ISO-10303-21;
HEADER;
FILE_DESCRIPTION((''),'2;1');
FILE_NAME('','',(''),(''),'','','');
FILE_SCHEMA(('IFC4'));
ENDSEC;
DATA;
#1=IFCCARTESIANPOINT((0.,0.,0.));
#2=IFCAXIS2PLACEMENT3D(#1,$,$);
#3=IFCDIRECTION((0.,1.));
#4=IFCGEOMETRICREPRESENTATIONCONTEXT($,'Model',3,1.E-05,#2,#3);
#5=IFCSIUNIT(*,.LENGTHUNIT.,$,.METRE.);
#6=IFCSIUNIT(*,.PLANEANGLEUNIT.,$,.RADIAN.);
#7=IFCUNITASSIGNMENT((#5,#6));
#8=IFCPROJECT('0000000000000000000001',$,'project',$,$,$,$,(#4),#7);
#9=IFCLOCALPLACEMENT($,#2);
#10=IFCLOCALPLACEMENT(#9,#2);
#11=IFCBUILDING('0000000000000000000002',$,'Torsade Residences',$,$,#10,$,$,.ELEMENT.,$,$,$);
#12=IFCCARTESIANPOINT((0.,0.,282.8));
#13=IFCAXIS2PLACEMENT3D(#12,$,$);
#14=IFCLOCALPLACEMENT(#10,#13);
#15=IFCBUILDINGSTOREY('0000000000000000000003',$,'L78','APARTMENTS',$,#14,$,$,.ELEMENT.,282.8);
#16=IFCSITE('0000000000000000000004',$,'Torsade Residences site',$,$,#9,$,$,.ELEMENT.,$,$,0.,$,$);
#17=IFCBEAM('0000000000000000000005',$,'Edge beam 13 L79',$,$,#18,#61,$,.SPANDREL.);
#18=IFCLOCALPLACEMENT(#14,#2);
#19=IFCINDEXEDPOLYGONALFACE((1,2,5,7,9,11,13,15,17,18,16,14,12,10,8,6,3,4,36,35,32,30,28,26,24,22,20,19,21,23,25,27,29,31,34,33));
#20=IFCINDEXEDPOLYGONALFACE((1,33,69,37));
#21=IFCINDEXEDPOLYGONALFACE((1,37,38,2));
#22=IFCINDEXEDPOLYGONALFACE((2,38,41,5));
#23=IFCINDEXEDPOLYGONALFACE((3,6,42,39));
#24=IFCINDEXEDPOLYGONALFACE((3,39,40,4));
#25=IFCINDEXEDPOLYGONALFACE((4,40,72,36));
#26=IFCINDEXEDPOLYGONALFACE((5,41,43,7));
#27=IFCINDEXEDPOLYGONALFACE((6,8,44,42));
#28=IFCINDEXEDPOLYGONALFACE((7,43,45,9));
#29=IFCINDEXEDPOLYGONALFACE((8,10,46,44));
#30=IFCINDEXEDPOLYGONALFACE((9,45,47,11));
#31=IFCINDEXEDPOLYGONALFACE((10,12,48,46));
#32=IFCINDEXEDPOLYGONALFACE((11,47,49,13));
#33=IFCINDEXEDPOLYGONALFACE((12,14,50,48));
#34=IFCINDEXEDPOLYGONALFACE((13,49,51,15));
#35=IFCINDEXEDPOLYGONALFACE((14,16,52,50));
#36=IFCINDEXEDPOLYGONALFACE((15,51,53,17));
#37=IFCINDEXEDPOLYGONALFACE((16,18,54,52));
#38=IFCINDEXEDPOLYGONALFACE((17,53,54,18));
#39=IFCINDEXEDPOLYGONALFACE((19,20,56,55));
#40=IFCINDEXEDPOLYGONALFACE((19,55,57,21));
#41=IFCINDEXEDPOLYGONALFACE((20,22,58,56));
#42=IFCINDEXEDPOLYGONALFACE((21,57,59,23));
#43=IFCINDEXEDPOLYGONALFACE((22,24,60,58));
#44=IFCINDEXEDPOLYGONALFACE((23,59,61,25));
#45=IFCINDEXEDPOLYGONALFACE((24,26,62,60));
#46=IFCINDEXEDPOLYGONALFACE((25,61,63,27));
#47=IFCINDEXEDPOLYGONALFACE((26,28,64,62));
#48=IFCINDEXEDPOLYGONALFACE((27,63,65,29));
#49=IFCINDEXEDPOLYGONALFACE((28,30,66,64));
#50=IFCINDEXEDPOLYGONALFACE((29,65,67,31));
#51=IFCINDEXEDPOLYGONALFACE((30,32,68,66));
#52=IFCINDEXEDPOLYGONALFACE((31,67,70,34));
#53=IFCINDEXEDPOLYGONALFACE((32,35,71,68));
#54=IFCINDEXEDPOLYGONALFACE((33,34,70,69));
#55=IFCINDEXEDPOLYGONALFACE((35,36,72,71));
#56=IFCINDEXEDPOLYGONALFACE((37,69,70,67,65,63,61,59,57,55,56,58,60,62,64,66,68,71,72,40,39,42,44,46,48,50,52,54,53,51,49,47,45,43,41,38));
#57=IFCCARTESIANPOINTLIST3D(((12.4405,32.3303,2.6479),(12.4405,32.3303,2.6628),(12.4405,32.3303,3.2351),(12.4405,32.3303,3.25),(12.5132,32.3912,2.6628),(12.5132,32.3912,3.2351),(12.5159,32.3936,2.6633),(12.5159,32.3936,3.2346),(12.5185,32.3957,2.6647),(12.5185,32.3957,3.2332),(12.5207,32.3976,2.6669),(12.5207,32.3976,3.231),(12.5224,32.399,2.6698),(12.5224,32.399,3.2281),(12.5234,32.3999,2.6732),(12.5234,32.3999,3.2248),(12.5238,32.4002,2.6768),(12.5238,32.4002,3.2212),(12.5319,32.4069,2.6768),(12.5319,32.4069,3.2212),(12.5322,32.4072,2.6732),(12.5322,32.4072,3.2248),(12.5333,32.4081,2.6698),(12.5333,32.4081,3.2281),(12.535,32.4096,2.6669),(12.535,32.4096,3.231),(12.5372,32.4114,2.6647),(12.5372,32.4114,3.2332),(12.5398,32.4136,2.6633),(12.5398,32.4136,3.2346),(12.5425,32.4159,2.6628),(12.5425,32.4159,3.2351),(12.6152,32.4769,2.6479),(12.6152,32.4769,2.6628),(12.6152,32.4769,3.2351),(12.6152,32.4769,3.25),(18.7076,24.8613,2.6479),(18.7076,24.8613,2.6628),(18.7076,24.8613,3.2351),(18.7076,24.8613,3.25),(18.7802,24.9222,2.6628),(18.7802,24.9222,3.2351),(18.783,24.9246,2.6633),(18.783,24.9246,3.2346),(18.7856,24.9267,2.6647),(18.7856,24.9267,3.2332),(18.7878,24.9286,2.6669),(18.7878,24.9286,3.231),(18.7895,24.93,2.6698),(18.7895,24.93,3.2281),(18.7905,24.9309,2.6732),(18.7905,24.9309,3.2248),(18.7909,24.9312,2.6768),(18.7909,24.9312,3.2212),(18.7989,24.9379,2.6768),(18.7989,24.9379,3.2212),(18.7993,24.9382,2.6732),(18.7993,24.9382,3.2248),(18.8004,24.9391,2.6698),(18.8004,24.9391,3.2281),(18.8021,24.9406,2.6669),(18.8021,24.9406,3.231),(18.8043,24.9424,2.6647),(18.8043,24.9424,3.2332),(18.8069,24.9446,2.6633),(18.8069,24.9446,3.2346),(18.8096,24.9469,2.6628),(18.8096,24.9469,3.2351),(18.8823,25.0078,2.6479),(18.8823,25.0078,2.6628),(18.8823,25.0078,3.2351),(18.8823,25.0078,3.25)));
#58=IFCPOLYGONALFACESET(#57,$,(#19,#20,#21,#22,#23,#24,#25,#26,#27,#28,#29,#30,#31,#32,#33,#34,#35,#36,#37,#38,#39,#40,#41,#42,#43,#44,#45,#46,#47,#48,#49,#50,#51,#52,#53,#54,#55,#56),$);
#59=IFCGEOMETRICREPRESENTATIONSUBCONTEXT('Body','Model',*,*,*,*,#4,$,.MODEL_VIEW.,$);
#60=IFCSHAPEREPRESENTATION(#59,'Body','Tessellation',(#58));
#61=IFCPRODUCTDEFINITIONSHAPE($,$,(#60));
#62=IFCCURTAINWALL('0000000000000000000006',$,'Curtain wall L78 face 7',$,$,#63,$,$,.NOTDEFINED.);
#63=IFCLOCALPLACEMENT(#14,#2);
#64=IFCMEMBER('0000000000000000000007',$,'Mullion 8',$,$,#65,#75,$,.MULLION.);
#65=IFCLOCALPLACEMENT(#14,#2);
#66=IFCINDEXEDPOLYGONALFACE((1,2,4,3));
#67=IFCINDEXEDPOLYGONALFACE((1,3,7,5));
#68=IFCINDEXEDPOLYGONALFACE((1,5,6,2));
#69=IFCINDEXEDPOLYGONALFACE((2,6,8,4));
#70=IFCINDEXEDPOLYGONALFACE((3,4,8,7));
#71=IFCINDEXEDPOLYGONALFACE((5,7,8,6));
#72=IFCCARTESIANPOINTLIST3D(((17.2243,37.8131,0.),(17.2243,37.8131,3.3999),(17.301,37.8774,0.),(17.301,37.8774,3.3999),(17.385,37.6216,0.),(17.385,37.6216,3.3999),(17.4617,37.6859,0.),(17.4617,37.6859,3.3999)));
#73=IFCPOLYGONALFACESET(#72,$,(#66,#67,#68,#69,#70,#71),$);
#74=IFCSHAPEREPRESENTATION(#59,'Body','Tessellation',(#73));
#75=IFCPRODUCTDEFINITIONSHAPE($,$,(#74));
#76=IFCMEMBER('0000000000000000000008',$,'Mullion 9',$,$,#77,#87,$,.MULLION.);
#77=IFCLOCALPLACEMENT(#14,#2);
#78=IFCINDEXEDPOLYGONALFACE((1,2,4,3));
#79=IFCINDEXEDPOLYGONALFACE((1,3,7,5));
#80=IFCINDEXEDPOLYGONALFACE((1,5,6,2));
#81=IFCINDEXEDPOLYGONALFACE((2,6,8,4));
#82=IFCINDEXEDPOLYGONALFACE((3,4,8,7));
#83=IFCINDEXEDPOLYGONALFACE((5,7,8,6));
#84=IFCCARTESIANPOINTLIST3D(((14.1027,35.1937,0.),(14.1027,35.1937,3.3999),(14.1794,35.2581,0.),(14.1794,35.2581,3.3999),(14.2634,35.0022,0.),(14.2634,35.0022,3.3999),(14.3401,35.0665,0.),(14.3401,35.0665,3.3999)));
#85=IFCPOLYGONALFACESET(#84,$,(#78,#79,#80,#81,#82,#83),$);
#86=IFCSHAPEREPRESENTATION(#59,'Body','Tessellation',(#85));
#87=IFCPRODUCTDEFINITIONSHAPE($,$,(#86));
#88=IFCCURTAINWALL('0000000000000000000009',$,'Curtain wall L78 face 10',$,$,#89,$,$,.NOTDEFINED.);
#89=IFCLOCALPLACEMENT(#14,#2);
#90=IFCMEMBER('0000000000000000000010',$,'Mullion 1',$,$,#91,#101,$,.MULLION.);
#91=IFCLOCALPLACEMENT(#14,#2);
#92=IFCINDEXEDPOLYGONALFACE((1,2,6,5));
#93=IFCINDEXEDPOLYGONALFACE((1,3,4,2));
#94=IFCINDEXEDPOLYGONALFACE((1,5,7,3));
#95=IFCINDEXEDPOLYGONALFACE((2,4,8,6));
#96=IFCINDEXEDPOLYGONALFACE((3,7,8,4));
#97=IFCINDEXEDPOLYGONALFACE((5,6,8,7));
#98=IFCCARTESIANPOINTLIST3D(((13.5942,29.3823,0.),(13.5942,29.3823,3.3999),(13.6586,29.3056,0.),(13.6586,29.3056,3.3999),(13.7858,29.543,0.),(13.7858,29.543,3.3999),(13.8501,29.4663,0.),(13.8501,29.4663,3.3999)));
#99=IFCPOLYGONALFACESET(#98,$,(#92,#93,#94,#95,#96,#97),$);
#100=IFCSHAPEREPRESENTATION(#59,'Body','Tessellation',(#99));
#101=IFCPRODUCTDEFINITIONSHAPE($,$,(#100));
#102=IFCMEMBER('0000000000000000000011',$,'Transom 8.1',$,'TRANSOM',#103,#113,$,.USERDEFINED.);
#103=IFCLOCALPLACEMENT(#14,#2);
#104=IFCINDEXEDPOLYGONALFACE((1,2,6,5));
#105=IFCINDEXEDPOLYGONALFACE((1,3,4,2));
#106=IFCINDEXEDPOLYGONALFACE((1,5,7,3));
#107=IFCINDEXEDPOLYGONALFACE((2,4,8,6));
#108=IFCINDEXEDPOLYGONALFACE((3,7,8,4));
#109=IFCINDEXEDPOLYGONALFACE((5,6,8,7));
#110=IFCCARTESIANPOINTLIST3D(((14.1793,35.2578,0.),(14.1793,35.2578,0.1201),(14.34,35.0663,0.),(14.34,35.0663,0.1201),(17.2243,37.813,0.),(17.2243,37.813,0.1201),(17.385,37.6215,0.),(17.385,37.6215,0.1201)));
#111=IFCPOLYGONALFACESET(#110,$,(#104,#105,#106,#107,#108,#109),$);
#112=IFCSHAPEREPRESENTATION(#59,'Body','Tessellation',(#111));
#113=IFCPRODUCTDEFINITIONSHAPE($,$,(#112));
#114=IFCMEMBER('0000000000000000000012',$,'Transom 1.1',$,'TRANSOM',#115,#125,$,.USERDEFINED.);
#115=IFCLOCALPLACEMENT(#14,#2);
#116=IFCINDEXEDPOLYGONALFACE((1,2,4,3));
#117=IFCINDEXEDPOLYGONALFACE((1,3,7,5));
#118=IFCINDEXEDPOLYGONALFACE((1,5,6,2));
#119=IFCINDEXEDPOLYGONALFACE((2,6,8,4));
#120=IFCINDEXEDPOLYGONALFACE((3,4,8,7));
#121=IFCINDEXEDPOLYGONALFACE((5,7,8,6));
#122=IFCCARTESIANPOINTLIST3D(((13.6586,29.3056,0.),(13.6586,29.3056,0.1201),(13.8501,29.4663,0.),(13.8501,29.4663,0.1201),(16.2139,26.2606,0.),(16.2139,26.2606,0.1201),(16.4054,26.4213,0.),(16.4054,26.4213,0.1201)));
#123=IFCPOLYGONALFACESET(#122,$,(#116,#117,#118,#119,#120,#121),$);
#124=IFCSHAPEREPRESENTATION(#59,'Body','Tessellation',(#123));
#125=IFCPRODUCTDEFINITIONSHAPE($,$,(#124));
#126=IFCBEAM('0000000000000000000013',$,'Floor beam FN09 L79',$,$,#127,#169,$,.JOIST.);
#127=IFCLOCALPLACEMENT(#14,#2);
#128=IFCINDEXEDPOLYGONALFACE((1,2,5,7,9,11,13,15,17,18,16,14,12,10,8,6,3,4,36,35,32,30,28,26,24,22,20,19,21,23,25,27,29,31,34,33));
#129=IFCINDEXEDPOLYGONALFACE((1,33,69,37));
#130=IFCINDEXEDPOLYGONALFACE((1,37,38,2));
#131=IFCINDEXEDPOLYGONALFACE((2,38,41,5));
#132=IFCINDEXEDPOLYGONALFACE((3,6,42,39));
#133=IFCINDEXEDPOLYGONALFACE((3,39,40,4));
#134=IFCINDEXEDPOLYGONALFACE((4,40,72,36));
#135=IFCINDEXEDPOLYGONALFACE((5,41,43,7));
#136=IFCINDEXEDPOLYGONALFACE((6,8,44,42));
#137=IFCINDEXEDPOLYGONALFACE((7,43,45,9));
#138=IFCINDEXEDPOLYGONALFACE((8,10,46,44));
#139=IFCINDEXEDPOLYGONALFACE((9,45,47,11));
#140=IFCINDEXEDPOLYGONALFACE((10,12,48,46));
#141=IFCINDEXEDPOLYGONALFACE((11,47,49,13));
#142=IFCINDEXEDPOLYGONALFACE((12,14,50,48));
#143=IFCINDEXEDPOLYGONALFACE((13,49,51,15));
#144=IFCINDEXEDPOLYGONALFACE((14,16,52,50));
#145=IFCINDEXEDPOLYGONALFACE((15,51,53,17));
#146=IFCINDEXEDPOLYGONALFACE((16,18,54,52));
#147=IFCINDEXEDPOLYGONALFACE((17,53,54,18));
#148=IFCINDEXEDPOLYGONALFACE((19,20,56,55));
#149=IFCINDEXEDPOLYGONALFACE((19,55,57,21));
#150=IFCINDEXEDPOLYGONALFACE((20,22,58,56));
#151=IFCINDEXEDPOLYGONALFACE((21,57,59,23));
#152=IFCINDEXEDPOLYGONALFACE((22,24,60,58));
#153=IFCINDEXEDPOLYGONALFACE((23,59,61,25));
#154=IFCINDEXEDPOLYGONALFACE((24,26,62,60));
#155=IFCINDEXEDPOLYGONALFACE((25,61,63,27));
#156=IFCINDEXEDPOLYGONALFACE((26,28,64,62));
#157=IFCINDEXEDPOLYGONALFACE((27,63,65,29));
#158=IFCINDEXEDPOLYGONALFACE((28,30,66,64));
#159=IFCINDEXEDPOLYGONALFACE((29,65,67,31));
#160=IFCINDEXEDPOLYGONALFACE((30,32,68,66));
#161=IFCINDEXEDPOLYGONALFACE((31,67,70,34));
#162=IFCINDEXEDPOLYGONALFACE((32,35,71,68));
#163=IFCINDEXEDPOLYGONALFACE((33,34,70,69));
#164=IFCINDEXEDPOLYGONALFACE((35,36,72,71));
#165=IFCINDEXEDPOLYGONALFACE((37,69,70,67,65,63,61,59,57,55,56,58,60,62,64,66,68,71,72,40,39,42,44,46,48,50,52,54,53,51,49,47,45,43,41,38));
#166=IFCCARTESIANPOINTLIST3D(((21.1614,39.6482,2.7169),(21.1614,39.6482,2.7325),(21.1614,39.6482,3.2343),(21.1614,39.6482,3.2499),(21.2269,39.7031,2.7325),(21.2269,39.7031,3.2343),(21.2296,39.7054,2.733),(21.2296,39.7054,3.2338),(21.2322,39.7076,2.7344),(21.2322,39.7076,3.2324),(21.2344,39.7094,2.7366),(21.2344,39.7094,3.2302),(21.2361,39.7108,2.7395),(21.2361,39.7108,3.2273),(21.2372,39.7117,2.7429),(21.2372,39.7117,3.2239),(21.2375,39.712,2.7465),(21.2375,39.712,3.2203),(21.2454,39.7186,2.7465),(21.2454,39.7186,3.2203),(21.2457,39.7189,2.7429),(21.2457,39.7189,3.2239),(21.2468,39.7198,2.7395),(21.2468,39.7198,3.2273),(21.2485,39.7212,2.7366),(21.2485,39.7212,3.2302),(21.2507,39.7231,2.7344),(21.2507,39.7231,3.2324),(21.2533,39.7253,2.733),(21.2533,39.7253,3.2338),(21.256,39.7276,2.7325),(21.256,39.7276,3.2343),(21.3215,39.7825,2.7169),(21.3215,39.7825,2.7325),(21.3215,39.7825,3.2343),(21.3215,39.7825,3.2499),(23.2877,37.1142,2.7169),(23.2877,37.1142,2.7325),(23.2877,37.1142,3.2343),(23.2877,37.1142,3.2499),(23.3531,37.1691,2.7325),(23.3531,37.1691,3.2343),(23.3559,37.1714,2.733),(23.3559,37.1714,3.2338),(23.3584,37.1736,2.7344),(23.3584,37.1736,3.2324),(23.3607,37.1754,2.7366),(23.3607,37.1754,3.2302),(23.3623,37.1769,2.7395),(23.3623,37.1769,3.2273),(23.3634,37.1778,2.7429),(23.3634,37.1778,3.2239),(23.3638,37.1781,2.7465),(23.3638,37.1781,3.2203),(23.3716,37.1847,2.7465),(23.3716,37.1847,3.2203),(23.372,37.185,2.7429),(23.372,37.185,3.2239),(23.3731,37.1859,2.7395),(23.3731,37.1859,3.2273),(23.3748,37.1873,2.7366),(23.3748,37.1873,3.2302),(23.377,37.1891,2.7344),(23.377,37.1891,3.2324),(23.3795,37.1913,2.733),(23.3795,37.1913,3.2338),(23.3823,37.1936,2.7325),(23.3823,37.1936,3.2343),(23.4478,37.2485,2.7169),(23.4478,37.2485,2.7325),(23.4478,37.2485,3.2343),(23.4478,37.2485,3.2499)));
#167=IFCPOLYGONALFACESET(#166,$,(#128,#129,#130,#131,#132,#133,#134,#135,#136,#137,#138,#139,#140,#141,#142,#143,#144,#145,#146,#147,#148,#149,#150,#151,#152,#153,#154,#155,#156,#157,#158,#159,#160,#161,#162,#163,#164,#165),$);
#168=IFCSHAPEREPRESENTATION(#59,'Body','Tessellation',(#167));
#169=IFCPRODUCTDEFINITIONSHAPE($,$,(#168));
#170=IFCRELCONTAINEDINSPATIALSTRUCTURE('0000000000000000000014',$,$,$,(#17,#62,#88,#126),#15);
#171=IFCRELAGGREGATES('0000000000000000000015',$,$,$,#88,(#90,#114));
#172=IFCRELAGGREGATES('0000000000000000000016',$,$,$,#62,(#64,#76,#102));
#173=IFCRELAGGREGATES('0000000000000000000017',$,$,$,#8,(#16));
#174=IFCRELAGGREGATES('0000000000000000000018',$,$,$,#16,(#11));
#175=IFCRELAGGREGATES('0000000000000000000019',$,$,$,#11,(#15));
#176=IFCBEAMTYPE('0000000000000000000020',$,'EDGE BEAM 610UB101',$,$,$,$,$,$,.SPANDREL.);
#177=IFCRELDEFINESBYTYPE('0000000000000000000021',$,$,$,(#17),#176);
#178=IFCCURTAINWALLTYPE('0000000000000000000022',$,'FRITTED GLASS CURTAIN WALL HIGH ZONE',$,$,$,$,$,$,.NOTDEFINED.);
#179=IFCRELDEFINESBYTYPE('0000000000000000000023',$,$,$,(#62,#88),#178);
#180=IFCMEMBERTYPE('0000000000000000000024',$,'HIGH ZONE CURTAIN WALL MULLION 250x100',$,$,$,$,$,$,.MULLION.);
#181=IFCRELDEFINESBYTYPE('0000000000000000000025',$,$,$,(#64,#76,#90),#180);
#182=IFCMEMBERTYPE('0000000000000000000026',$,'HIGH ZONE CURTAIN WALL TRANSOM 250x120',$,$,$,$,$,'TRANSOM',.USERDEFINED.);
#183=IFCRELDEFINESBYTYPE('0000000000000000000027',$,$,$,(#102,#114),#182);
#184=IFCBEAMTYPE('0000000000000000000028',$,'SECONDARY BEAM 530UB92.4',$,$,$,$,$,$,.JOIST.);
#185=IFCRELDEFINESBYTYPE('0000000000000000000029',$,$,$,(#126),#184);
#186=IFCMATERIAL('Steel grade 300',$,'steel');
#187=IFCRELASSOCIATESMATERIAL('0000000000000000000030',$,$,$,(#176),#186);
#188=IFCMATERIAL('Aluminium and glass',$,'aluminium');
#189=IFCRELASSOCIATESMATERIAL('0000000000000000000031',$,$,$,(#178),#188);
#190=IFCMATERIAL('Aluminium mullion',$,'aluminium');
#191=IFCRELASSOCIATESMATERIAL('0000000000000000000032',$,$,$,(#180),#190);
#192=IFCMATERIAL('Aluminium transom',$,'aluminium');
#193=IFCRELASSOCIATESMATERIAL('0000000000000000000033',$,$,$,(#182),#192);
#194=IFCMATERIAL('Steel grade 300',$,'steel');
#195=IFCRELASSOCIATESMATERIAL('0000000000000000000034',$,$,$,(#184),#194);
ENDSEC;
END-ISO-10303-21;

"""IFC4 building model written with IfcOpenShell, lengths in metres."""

from ifc_helpers import new_model, si_unit, direction, frame, origin, origin_2d, place, context, subcontext, project, spatial, rectangle, i_section, extrude, material, material_profile, profile_set, type_object, element, aggregate, save


model = new_model("IFC4")

# Units and contexts
model_context = context("Model", 3, precision=1e-05, world=origin(), true_north=direction((0.0, 1.0)))
body_context = subcontext(model_context, "Body", "Model", "MODEL_VIEW")
ifc_project = project(units=[si_unit("LENGTHUNIT", "METRE"), si_unit("PLANEANGLEUNIT", "RADIAN")], contexts=[model_context])

# Site, building, storey
site_placement = place(None, origin())
site = spatial("IfcSite", under=ifc_project, at=site_placement, Name="Torsade Residences site", CompositionType="ELEMENT", RefElevation=0.0)
building_placement = place(site_placement, origin())
building = spatial("IfcBuilding", under=site, at=building_placement, Name="Torsade Residences", CompositionType="ELEMENT")
storey_placement = place(building_placement, frame((0.0, 0.0, 282.8)))
storey = spatial("IfcBuildingStorey", under=building, at=storey_placement, Name="L78", Description="APARTMENTS", CompositionType="ELEMENT", Elevation=282.8)

# Beam
ifc_material_1 = material(Name="Steel grade 300", Category="steel")
ifc_material_profile_1 = material_profile(ifc_material_1, i_section(OverallWidth=0.228, OverallDepth=0.6021, WebThickness=0.0105, FlangeThickness=0.0149, FilletRadius=0.0139, at=origin_2d()), Name="610UB101")
ifc_profile_set_1 = profile_set([ifc_material_profile_1], Name="Steel grade 300")
beam_type_1 = type_object("IfcBeamType", Name="EDGE BEAM 610UB101", PredefinedType="SPANDREL", material=ifc_profile_set_1)
for number, where, z_axis, x_axis, name in (
    (1, (12.5278, 32.4036, 2.949), (0.642779, -0.766052, 0.0), (0.766052, 0.642779, 0.0), "Edge beam 13 L79"),
):
    element("IfcBeam", number, at=place(storey_placement, frame(where, z_axis=z_axis, x_axis=x_axis)), inside=storey, type_object=beam_type_1, Name=name, PredefinedType="SPANDREL", context=body_context, shape_type="SweptSolid", body=[
        extrude(i_section(OverallWidth=0.228, OverallDepth=0.6021, WebThickness=0.0105, FlangeThickness=0.0149, FilletRadius=0.0139, at=origin_2d()), origin(), (0.0, 0.0, 1.0), 9.75),
    ])

# Curtain wall, members
ifc_material_2 = material(Name="Aluminium and glass", Category="aluminium")
curtain_wall_type = type_object("IfcCurtainWallType", Name="FRITTED GLASS CURTAIN WALL HIGH ZONE", PredefinedType="NOTDEFINED", material=ifc_material_2)
curtain_wall_1_placement = place(storey_placement, origin())
curtain_wall_1 = element("IfcCurtainWall", 2, at=curtain_wall_1_placement, inside=storey, type_object=curtain_wall_type, Name="Curtain wall L78 face 7", PredefinedType="NOTDEFINED")
ifc_material_3 = material(Name="Aluminium mullion", Category="aluminium")
ifc_material_profile_2 = material_profile(ifc_material_3, rectangle(XDim=0.25, YDim=0.1001, at=origin_2d()), Name="HIGH ZONE CURTAIN WALL MULLION 250x100")
ifc_profile_set_2 = profile_set([ifc_material_profile_2], Name="Aluminium mullion")
member_type_1 = type_object("IfcMemberType", Name="HIGH ZONE CURTAIN WALL MULLION 250x100", PredefinedType="MULLION", material=ifc_profile_set_2)
member_1_placement = place(storey_placement, frame((17.343, 37.7495, 0.0), z_axis=(0.0, 0.0, 1.0), x_axis=(0.642788, -0.766044, 0.0)))
member_1 = element("IfcMember", 3, at=member_1_placement, type_object=member_type_1, Name="Mullion 8", PredefinedType="MULLION", context=body_context, shape_type="SweptSolid", body=[
    extrude(rectangle(XDim=0.25, YDim=0.1001, at=origin_2d()), origin(), (0.0, 0.0, 1.0), 3.3999),
])
member_2_placement = place(storey_placement, frame((14.2214, 35.1301, 0.0), z_axis=(0.0, 0.0, 1.0), x_axis=(0.642788, -0.766044, 0.0)))
member_2 = element("IfcMember", 4, at=member_2_placement, type_object=member_type_1, Name="Mullion 9", PredefinedType="MULLION", context=body_context, shape_type="SweptSolid", body=[
    extrude(rectangle(XDim=0.25, YDim=0.1001, at=origin_2d()), origin(), (0.0, 0.0, 1.0), 3.3999),
])

# Curtain wall, member
curtain_wall_2_placement = place(storey_placement, origin())
curtain_wall_2 = element("IfcCurtainWall", 5, at=curtain_wall_2_placement, inside=storey, type_object=curtain_wall_type, Name="Curtain wall L78 face 10", PredefinedType="NOTDEFINED")
member_3_placement = place(storey_placement, frame((13.7222, 29.4243, 0.0), z_axis=(0.0, 0.0, 1.0), x_axis=(0.766044, 0.642788, 0.0)))
member_3 = element("IfcMember", 6, at=member_3_placement, type_object=member_type_1, Name="Mullion 1", PredefinedType="MULLION", context=body_context, shape_type="SweptSolid", body=[
    extrude(rectangle(XDim=0.25, YDim=0.1001, at=origin_2d()), origin(), (0.0, 0.0, 1.0), 3.3999),
])

# Members
ifc_material_4 = material(Name="Aluminium transom", Category="aluminium")
ifc_material_profile_3 = material_profile(ifc_material_4, rectangle(XDim=0.25, YDim=0.1201, at=origin_2d()), Name="HIGH ZONE CURTAIN WALL TRANSOM 250x120")
ifc_profile_set_3 = profile_set([ifc_material_profile_3], Name="Aluminium transom")
member_type_2 = type_object("IfcMemberType", Name="HIGH ZONE CURTAIN WALL TRANSOM 250x120", ElementType="TRANSOM", PredefinedType="USERDEFINED", material=ifc_profile_set_3)
member_4_placement = place(storey_placement, frame((17.3047, 37.7173, 0.0601), z_axis=(-0.766022, -0.642815, 0.0), x_axis=(0.642815, -0.766022, 0.0)))
member_4 = element("IfcMember", 7, at=member_4_placement, type_object=member_type_2, Name="Transom 8.1", ObjectType="TRANSOM", PredefinedType="USERDEFINED", context=body_context, shape_type="SweptSolid", body=[
    extrude(rectangle(XDim=0.25, YDim=0.1201, at=origin_2d()), origin(), (0.0, 0.0, 1.0), 3.9751),
])
member_5_placement = place(storey_placement, frame((13.7544, 29.386, 0.0601), z_axis=(0.642815, -0.766022, 0.0), x_axis=(0.766022, 0.642815, 0.0)))
member_5 = element("IfcMember", 8, at=member_5_placement, type_object=member_type_2, Name="Transom 1.1", ObjectType="TRANSOM", PredefinedType="USERDEFINED", context=body_context, shape_type="SweptSolid", body=[
    extrude(rectangle(XDim=0.25, YDim=0.1201, at=origin_2d()), origin(), (0.0, 0.0, 1.0), 3.9751),
])
aggregate(curtain_wall_2, [member_3, member_5])

# Beam
ifc_material_5 = material(Name="Steel grade 300", Category="steel")
ifc_material_profile_4 = material_profile(ifc_material_5, i_section(OverallWidth=0.209, OverallDepth=0.533, WebThickness=0.0103, FlangeThickness=0.0156, FilletRadius=0.0139, at=origin_2d()), Name="530UB92.4")
ifc_profile_set_4 = profile_set([ifc_material_profile_4], Name="Steel grade 300")
beam_type_2 = type_object("IfcBeamType", Name="SECONDARY BEAM 530UB92.4", PredefinedType="JOIST", material=ifc_profile_set_4)
beam_1_placement = place(storey_placement, frame((21.2415, 39.7153, 2.9834), z_axis=(0.642787, -0.766045, 0.0), x_axis=(0.766045, 0.642787, 0.0)))
element("IfcBeam", 9, at=beam_1_placement, inside=storey, type_object=beam_type_2, Name="Floor beam FN09 L79", PredefinedType="JOIST", context=body_context, shape_type="SweptSolid", body=[
    extrude(i_section(OverallWidth=0.209, OverallDepth=0.533, WebThickness=0.0103, FlangeThickness=0.0156, FilletRadius=0.0139, at=origin_2d()), origin(), (0.0, 0.0, 1.0), 3.3079),
])

aggregate(curtain_wall_1, [member_1, member_2, member_4])

save(model, "model.ifc")
